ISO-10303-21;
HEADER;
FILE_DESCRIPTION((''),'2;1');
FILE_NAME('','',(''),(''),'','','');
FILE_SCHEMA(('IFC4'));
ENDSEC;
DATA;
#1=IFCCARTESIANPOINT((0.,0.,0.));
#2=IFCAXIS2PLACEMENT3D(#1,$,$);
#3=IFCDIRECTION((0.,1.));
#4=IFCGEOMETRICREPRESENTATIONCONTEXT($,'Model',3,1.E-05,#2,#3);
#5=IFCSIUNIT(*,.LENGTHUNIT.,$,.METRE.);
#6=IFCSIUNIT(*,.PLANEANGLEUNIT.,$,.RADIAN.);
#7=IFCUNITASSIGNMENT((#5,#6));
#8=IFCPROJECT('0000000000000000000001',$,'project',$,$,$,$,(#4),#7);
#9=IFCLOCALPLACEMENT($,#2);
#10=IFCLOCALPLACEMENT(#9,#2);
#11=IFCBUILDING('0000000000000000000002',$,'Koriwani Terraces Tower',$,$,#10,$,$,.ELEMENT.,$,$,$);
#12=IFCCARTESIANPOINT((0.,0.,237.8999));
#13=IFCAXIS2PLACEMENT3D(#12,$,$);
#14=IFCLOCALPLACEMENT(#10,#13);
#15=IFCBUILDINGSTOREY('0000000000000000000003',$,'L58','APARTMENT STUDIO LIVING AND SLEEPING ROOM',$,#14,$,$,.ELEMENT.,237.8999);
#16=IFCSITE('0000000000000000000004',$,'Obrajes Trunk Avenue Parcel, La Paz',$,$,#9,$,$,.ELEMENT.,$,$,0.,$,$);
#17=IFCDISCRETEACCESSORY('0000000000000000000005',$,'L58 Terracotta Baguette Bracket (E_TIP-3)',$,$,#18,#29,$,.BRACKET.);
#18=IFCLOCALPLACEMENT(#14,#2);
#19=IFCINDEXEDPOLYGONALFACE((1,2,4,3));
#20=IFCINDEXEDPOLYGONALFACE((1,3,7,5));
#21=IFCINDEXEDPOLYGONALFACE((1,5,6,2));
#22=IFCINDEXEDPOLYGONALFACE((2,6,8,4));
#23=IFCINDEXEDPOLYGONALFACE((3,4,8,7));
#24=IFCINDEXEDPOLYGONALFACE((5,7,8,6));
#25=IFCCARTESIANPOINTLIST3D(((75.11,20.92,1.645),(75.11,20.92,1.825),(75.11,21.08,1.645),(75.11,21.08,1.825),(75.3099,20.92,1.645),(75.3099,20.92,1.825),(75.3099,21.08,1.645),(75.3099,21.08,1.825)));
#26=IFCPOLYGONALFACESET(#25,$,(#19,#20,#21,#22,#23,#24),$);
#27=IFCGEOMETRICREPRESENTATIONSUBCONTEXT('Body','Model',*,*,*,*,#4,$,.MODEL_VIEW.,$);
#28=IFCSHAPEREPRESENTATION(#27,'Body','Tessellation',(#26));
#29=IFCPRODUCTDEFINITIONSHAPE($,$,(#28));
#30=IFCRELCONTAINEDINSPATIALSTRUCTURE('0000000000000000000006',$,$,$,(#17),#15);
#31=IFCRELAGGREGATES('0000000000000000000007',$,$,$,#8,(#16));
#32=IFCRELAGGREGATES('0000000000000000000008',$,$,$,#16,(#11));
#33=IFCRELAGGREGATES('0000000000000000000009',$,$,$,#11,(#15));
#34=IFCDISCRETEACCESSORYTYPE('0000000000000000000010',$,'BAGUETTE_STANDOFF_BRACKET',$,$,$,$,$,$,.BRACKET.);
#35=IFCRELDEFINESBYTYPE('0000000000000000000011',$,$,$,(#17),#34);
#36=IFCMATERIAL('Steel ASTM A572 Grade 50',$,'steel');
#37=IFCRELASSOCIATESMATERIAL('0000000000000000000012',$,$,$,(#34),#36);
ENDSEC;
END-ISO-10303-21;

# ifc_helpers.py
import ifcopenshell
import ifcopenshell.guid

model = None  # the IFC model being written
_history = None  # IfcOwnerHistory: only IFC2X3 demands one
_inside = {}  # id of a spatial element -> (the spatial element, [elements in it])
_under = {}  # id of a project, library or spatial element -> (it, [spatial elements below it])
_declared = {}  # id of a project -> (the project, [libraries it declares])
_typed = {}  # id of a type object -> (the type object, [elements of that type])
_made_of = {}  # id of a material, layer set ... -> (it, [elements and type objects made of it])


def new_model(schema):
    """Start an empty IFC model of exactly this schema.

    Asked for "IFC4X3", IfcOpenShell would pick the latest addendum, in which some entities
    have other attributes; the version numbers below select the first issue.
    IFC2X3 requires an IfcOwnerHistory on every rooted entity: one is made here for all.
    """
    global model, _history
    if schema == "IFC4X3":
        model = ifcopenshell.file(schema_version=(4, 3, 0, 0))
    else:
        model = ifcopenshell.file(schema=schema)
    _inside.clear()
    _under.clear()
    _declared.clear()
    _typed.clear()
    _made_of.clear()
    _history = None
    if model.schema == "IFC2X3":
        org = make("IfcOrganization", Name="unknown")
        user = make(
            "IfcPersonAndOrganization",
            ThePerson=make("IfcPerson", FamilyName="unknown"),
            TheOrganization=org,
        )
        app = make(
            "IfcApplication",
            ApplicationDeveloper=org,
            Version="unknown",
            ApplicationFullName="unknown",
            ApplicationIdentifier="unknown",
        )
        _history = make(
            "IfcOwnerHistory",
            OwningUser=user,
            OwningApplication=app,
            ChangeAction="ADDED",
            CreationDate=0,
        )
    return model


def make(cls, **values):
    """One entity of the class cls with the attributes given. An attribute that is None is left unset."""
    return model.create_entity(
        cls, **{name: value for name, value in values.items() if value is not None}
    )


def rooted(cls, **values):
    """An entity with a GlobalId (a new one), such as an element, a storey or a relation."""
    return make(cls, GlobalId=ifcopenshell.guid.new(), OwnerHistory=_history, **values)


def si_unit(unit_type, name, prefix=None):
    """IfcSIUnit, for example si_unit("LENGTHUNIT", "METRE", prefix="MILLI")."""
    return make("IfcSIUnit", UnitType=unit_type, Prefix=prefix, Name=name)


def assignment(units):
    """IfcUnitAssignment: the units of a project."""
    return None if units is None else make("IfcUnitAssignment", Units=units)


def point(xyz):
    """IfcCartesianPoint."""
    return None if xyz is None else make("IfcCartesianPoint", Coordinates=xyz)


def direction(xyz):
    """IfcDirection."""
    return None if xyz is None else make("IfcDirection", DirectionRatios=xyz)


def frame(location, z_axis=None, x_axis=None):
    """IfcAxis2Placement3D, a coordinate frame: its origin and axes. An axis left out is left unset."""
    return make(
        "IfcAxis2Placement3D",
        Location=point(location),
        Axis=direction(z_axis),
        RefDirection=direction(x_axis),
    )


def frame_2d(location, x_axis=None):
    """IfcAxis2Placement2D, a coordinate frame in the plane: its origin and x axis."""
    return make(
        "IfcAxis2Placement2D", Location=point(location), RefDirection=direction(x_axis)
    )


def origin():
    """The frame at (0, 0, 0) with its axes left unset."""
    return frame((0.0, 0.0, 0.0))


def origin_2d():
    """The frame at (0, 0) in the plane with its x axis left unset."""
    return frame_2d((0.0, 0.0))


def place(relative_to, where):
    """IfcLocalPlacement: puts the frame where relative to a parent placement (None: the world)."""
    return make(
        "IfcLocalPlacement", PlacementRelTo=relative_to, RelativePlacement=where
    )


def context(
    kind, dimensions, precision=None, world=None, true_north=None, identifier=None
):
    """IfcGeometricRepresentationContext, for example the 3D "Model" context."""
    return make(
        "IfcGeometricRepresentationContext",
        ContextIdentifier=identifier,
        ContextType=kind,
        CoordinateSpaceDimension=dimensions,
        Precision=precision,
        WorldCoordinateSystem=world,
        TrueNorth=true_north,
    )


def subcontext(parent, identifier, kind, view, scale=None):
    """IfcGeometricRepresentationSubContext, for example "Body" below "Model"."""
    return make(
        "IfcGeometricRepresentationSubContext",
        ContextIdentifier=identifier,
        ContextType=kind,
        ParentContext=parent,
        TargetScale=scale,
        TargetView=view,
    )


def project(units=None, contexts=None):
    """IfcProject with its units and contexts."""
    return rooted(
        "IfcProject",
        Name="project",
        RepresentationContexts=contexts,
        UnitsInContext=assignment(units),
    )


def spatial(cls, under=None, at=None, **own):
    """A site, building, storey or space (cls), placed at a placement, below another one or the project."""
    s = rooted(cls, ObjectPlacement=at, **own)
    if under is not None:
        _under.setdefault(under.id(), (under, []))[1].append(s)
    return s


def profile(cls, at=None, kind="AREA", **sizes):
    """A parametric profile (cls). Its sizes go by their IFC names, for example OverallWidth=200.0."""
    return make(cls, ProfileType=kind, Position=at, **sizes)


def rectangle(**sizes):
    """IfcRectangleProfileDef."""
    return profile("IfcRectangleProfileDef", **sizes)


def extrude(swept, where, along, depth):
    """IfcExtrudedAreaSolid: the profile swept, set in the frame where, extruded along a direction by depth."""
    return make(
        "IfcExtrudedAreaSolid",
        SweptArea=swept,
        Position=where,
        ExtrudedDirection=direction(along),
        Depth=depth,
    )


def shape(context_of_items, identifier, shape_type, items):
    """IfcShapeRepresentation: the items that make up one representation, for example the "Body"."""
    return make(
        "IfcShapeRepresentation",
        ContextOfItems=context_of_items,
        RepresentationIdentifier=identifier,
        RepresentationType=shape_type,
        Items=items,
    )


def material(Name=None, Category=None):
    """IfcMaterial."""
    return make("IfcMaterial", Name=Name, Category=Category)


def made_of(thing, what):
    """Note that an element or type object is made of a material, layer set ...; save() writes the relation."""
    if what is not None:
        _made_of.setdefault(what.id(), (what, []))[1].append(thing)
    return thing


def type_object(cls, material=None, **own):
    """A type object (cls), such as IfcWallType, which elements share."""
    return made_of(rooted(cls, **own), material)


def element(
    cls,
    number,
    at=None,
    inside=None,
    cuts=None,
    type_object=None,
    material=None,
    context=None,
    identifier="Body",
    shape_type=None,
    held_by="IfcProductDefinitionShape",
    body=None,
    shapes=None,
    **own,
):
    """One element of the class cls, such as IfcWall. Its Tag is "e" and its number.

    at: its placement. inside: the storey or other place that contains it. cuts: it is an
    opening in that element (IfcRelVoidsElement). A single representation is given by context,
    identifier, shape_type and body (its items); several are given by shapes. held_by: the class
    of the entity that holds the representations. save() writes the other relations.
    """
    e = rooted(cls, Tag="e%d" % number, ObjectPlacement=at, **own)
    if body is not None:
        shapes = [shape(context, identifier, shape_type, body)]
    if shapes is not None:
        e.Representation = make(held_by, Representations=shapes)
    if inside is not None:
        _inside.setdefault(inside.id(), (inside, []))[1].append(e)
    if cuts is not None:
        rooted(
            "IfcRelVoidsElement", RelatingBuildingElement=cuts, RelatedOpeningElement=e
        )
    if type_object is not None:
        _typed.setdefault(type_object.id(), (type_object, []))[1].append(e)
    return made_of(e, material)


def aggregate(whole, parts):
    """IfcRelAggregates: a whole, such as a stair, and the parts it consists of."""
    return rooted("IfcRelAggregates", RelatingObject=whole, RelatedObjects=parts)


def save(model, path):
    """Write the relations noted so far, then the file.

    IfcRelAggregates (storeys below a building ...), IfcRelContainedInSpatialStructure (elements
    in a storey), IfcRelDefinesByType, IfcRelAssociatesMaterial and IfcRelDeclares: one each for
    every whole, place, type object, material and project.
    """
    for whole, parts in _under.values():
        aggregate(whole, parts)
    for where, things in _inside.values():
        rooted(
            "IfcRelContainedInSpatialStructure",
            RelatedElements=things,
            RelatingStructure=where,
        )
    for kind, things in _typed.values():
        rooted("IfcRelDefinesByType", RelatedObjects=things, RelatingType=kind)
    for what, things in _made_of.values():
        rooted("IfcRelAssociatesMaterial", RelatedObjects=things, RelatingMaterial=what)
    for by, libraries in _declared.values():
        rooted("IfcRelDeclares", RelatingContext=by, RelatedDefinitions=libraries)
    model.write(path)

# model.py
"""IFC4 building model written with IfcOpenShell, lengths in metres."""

from ifc_helpers import new_model, si_unit, direction, frame, origin, origin_2d, place, context, subcontext, project, spatial, rectangle, extrude, material, type_object, element, save


model = new_model("IFC4")

# Units and contexts
model_context = context("Model", 3, precision=1e-05, world=origin(), true_north=direction((0.0, 1.0)))
body_context = subcontext(model_context, "Body", "Model", "MODEL_VIEW")
ifc_project = project(units=[si_unit("LENGTHUNIT", "METRE"), si_unit("PLANEANGLEUNIT", "RADIAN")], contexts=[model_context])

# Site, building, storey
site_placement = place(None, origin())
site = spatial("IfcSite", under=ifc_project, at=site_placement, Name="Obrajes Trunk Avenue Parcel, La Paz", CompositionType="ELEMENT", RefElevation=0.0)
building_placement = place(site_placement, origin())
building = spatial("IfcBuilding", under=site, at=building_placement, Name="Koriwani Terraces Tower", CompositionType="ELEMENT")
storey_placement = place(building_placement, frame((0.0, 0.0, 237.8999)))
storey = spatial("IfcBuildingStorey", under=building, at=storey_placement, Name="L58", Description="APARTMENT STUDIO LIVING AND SLEEPING ROOM", CompositionType="ELEMENT", Elevation=237.8999)

# Shared definitions
ifc_material_1 = material(Name="Steel ASTM A572 Grade 50", Category="steel")

# Discrete accessory
discrete_accessory_type = type_object("IfcDiscreteAccessoryType", Name="BAGUETTE_STANDOFF_BRACKET", PredefinedType="BRACKET", material=ifc_material_1)
discrete_accessory_placement = place(storey_placement, frame((75.21, 21.0, 1.645), z_axis=(0.0, 0.0, 1.0), x_axis=(0.0, -1.0, 0.0)))
element("IfcDiscreteAccessory", 1, at=discrete_accessory_placement, inside=storey, type_object=discrete_accessory_type, Name="L58 Terracotta Baguette Bracket (E_TIP-3)", PredefinedType="BRACKET", context=body_context, shape_type="SweptSolid", body=[
    extrude(rectangle(XDim=0.1599, YDim=0.2, at=origin_2d()), origin(), (0.0, 0.0, 1.0), 0.1799),
])

save(model, "model.ifc")
